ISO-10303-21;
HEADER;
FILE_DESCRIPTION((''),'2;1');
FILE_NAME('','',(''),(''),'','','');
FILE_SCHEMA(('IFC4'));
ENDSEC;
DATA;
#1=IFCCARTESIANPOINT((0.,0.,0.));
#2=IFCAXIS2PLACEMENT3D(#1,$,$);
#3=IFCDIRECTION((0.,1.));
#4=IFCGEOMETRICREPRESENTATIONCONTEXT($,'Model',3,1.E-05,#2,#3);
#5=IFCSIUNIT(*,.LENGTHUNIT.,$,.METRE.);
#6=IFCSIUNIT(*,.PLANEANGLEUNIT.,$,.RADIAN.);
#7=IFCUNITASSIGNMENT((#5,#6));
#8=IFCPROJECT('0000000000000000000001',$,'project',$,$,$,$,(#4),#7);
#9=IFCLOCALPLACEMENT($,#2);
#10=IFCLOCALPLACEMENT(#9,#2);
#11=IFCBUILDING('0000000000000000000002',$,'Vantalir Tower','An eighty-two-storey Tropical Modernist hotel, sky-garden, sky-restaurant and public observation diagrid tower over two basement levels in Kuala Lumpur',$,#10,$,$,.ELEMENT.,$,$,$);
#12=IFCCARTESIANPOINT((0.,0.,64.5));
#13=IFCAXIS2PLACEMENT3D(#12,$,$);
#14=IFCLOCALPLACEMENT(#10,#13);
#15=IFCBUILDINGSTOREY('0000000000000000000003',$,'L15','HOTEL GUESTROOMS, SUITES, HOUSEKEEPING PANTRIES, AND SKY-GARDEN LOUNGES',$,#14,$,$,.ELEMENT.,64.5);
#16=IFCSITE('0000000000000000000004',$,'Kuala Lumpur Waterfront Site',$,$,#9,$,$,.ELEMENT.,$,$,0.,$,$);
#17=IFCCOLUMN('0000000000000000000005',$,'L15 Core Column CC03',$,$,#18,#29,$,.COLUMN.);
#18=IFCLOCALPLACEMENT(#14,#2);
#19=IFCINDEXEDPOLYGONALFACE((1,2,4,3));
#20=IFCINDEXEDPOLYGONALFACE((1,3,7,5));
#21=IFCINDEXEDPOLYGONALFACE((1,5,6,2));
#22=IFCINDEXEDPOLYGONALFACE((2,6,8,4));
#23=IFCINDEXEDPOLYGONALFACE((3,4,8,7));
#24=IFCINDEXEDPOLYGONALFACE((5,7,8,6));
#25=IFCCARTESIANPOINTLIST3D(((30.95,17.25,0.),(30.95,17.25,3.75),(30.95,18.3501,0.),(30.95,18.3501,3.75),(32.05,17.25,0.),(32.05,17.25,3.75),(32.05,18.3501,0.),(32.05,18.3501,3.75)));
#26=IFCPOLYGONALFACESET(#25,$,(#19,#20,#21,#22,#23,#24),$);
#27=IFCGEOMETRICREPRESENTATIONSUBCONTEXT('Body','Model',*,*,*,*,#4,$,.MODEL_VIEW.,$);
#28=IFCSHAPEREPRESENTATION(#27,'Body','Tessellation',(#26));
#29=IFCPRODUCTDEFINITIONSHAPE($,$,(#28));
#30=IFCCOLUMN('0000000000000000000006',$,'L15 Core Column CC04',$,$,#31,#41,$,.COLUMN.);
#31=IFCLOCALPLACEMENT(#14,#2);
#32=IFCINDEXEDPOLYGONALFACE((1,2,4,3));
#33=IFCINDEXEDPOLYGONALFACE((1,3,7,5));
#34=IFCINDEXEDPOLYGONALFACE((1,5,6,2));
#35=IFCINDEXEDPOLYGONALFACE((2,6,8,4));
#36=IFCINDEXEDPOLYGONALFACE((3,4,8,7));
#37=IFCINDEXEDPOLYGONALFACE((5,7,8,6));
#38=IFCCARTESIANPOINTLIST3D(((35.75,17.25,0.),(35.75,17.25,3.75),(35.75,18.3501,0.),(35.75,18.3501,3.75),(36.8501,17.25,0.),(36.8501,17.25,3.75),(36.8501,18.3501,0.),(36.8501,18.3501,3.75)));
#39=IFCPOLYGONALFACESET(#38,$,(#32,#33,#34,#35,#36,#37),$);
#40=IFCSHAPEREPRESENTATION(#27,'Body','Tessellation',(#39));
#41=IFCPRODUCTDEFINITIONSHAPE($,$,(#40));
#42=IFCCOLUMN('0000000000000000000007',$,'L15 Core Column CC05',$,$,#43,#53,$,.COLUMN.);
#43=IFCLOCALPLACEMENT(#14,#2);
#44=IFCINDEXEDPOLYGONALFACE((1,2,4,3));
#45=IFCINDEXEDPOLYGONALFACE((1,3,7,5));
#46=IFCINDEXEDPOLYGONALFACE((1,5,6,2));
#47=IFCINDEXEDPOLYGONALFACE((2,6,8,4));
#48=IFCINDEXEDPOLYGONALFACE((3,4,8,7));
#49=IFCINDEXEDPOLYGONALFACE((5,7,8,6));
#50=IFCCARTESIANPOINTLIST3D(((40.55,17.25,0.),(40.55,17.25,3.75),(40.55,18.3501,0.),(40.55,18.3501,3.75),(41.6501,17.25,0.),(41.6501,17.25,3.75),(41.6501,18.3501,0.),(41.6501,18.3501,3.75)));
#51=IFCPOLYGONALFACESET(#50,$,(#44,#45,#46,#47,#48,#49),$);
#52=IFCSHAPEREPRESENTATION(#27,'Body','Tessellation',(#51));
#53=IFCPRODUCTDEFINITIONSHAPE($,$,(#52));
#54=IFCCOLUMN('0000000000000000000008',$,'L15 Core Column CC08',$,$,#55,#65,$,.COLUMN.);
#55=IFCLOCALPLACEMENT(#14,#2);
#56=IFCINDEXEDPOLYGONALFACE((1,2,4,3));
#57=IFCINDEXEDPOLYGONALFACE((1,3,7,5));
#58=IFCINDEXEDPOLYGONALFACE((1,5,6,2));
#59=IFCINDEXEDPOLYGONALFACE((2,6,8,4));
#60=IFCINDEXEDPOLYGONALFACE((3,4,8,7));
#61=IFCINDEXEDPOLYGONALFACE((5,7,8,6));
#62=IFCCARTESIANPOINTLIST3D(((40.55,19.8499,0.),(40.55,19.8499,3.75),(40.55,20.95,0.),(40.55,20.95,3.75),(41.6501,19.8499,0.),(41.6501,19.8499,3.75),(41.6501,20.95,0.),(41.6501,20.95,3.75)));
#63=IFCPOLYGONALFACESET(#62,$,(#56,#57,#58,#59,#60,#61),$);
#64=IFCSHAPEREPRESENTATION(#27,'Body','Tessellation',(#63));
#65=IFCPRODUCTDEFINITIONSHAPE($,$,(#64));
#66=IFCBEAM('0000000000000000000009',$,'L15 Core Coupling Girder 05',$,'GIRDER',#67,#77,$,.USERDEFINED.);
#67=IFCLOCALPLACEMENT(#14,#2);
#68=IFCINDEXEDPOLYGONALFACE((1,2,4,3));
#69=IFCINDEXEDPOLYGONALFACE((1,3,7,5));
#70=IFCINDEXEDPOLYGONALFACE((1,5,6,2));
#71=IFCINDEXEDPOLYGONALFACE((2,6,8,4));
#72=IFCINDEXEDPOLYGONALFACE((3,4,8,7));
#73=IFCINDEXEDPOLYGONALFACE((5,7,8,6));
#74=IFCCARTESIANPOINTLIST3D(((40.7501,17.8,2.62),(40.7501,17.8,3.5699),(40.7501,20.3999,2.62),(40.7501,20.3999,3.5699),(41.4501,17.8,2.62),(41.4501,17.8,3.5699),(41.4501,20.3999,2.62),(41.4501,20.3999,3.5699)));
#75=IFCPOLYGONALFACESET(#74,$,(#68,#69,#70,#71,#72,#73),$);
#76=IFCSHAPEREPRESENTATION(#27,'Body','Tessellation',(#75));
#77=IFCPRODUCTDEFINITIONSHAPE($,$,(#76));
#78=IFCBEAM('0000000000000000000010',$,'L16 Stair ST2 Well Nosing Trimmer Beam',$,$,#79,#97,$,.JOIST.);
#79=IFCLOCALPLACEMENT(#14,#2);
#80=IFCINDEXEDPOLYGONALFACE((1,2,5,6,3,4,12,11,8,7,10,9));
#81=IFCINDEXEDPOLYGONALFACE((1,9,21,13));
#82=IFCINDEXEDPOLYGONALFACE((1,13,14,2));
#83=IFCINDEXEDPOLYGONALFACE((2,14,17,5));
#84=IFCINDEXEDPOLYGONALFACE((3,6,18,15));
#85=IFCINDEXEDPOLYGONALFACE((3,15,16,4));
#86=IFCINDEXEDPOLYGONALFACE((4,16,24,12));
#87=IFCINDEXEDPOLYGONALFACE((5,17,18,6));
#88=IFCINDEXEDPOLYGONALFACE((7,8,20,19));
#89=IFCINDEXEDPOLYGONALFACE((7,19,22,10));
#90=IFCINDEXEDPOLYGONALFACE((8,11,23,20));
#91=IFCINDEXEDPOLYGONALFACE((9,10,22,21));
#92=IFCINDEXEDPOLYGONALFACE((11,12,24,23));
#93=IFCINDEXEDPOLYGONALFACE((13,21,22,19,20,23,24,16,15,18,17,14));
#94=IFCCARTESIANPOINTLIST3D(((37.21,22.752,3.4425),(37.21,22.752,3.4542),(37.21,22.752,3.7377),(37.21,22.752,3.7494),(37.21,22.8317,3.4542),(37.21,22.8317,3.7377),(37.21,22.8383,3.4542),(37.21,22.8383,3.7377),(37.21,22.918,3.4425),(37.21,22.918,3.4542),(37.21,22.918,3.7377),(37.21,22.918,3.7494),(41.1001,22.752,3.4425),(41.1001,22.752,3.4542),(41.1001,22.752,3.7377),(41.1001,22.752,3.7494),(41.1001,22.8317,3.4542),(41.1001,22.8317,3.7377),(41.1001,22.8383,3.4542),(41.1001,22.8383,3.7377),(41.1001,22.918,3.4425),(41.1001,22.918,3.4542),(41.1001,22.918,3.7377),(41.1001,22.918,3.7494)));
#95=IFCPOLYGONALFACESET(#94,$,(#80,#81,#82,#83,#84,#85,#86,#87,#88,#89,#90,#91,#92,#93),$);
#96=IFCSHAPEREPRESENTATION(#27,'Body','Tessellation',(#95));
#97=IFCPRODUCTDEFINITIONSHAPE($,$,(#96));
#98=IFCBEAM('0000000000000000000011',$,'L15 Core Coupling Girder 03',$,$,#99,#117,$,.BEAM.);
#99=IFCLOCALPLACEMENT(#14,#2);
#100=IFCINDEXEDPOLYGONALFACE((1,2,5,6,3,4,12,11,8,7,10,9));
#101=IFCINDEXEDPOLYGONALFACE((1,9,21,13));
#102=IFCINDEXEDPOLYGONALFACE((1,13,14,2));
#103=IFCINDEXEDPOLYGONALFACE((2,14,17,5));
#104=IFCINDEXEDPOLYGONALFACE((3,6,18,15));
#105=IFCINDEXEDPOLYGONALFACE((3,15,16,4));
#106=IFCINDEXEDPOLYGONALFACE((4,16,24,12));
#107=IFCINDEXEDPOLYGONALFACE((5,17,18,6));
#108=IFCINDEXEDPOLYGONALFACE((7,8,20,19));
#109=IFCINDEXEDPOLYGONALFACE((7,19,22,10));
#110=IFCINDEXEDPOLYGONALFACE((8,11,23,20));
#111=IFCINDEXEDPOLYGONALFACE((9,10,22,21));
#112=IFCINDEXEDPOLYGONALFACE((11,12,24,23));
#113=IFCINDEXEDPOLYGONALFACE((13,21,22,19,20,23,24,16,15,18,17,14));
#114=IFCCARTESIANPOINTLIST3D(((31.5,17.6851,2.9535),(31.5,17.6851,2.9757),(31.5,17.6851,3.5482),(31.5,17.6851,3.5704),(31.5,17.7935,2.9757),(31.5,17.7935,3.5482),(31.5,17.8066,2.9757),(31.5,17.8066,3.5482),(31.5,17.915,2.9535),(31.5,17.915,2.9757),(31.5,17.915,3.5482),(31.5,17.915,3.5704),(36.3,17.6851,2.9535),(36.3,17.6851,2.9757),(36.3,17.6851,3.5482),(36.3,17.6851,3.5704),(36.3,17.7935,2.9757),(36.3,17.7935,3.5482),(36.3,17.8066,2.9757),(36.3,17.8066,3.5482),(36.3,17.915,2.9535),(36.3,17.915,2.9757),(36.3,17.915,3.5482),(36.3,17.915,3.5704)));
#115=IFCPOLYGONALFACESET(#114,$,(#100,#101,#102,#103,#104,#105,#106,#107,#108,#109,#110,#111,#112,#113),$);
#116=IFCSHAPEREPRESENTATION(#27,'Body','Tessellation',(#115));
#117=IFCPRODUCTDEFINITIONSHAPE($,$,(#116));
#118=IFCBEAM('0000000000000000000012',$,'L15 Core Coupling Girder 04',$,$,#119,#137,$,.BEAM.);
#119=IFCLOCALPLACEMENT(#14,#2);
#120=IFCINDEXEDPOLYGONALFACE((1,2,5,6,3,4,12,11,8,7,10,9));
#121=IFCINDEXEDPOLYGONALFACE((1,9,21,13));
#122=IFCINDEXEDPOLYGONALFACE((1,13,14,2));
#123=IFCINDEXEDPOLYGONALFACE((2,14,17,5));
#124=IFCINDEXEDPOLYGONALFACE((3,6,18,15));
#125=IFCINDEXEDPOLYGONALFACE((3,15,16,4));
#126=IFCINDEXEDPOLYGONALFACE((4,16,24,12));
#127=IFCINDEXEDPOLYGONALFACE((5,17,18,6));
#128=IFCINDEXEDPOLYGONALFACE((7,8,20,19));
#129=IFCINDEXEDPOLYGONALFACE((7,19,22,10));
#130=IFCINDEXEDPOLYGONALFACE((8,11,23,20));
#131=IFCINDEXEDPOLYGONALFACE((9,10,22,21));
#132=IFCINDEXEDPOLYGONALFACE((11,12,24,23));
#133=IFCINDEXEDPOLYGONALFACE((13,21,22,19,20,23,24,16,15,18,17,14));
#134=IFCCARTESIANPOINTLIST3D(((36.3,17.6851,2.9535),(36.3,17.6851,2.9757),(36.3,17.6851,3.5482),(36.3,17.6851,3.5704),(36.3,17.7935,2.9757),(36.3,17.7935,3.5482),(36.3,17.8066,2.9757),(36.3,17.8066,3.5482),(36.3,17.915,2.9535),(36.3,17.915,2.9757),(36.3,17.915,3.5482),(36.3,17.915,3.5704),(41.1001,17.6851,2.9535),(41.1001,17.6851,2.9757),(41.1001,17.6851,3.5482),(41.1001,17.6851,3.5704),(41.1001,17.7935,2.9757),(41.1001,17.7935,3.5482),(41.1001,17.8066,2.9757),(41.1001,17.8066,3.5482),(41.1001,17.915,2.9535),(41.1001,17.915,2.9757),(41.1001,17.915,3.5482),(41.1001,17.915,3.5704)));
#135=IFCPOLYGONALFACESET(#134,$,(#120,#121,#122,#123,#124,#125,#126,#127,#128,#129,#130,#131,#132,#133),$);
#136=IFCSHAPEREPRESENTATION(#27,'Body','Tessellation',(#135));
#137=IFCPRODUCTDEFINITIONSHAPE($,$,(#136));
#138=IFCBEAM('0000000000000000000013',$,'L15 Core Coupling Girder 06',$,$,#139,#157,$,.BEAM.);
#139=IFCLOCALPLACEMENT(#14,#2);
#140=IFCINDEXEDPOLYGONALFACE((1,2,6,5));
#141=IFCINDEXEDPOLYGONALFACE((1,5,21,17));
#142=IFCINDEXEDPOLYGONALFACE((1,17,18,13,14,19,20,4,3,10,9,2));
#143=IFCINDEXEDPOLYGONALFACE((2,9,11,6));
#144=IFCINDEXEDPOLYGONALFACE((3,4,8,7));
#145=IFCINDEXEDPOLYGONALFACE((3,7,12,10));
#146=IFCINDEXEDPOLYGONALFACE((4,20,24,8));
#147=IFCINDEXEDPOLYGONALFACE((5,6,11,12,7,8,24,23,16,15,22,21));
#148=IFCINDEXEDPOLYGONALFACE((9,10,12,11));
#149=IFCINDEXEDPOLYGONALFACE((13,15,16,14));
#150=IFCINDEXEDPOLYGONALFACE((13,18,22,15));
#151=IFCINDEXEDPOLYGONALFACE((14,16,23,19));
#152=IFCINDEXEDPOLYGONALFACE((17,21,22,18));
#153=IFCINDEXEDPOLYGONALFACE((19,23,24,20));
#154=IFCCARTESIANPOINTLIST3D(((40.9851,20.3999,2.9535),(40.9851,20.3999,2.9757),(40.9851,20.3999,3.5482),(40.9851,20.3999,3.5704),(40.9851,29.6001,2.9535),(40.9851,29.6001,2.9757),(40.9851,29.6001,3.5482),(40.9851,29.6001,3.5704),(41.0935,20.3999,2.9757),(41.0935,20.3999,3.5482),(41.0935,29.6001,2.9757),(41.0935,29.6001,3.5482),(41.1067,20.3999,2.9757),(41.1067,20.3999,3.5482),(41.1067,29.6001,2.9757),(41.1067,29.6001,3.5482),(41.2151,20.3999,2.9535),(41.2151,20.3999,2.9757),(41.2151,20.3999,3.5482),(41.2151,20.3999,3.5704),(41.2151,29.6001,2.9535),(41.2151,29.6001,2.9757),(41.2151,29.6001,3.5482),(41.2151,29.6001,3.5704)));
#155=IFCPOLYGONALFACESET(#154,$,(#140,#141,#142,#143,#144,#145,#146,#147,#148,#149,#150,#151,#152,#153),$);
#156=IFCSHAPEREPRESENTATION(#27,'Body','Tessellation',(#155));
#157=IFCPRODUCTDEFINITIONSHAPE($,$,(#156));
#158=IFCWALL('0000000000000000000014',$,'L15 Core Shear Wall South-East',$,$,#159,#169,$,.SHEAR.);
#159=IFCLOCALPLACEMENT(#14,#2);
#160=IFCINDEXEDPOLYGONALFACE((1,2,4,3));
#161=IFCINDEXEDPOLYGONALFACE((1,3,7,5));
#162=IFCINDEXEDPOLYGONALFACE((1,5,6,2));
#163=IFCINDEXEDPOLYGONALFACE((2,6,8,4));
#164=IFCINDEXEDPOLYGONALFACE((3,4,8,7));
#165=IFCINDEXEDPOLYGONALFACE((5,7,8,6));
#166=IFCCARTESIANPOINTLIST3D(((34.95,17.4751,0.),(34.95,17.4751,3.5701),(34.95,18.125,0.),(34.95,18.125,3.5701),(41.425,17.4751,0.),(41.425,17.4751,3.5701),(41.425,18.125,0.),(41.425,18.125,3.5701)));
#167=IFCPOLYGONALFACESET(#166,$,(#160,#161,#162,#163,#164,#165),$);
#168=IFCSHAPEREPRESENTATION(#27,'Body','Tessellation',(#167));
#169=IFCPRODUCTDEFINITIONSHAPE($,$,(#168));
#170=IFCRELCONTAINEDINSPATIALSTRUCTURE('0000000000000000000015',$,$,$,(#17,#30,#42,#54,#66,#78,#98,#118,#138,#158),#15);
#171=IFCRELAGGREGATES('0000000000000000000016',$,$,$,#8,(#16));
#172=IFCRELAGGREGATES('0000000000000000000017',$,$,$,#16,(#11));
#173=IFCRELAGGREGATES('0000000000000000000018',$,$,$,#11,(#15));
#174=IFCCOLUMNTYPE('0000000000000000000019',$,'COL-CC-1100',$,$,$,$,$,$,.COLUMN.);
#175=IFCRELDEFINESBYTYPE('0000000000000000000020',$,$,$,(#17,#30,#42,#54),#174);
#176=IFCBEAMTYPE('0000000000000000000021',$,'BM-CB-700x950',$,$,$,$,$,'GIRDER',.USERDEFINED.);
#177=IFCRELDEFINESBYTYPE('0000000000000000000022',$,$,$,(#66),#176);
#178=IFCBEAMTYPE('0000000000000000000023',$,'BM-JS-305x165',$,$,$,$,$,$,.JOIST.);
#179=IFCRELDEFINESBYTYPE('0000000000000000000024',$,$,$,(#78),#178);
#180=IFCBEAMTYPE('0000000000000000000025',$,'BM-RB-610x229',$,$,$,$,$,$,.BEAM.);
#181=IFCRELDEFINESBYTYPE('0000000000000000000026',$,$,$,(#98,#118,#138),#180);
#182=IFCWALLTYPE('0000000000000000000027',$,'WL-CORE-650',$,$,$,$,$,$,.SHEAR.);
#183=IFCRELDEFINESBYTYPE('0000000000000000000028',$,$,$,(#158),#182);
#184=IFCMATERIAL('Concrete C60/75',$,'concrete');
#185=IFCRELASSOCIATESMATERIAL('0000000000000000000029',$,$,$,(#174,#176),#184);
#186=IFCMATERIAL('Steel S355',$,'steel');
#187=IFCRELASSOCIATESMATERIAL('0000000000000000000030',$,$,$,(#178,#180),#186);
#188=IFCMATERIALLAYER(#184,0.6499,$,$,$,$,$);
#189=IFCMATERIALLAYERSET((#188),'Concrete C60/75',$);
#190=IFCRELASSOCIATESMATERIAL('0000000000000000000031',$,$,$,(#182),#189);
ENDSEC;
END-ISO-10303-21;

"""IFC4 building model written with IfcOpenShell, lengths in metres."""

from ifc_helpers import new_model, si_unit, direction, frame, frame_2d, origin, origin_2d, place, context, subcontext, project, spatial, rectangle, i_section, extrude, material, layer, layer_set, material_profile, profile_set, type_object, element, save


model = new_model("IFC4")

# Units and contexts
model_context = context("Model", 3, precision=1e-05, world=origin(), true_north=direction((0.0, 1.0)))
body_context = subcontext(model_context, "Body", "Model", "MODEL_VIEW")
ifc_project = project(units=[si_unit("LENGTHUNIT", "METRE"), si_unit("PLANEANGLEUNIT", "RADIAN")], contexts=[model_context])

# Site, building, storey
site_placement = place(None, origin())
site = spatial("IfcSite", under=ifc_project, at=site_placement, Name="Kuala Lumpur Waterfront Site", CompositionType="ELEMENT", RefElevation=0.0)
building_placement = place(site_placement, origin())
building = spatial("IfcBuilding", under=site, at=building_placement, Name="Vantalir Tower", Description="An eighty-two-storey Tropical Modernist hotel, sky-garden, sky-restaurant and public observation diagrid tower over two basement levels in Kuala Lumpur", CompositionType="ELEMENT")
storey_placement = place(building_placement, frame((0.0, 0.0, 64.5)))
storey = spatial("IfcBuildingStorey", under=building, at=storey_placement, Name="L15", Description="HOTEL GUESTROOMS, SUITES, HOUSEKEEPING PANTRIES, AND SKY-GARDEN LOUNGES", CompositionType="ELEMENT", Elevation=64.5)

# Columns
ifc_material_1 = material(Name="Concrete C60/75", Category="concrete")
ifc_material_profile_1 = material_profile(ifc_material_1, rectangle(XDim=1.1001, YDim=1.1001, at=origin_2d()), Name="Concrete C60/75")
ifc_profile_set_1 = profile_set([ifc_material_profile_1], Name="Concrete C60/75")
column_type = type_object("IfcColumnType", Name="COL-CC-1100", PredefinedType="COLUMN", material=ifc_profile_set_1)
for number, where, z_axis, x_axis, name in (
    (1, (31.5, 17.8, 0.0), (0.0, 0.0, 1.0), (1.0, 0.0, 0.0), "L15 Core Column CC03"),
    (2, (36.3, 17.8, 0.0), (0.0, 0.0, 1.0), (1.0, 0.0, 0.0), "L15 Core Column CC04"),
    (3, (41.1001, 17.8, 0.0), (0.0, 0.0, 1.0), (1.0, 0.0, 0.0), "L15 Core Column CC05"),
    (4, (41.1001, 20.3999, 0.0), (0.0, 0.0, 1.0), (1.0, 0.0, 0.0), "L15 Core Column CC08"),
):
    element("IfcColumn", number, at=place(storey_placement, frame(where, z_axis=z_axis, x_axis=x_axis)), inside=storey, type_object=column_type, Name=name, PredefinedType="COLUMN", context=body_context, shape_type="SweptSolid", body=[
        extrude(rectangle(XDim=1.1001, YDim=1.1001, at=origin_2d()), origin(), (0.0, 0.0, 1.0), 3.75),
    ])

# Beams
ifc_material_profile_2 = material_profile(ifc_material_1, rectangle(XDim=0.7, YDim=0.95, at=origin_2d()), Name="Concrete C60/75")
ifc_profile_set_2 = profile_set([ifc_material_profile_2], Name="Concrete C60/75")
beam_type_1 = type_object("IfcBeamType", Name="BM-CB-700x950", ElementType="GIRDER", PredefinedType="USERDEFINED", material=ifc_profile_set_2)
beam_1_placement = place(storey_placement, frame((41.1001, 17.8, 3.095), z_axis=(0.0, 1.0, 0.0), x_axis=(-1.0, 0.0, 0.0)))
element("IfcBeam", 5, at=beam_1_placement, inside=storey, type_object=beam_type_1, Name="L15 Core Coupling Girder 05", ObjectType="GIRDER", PredefinedType="USERDEFINED", context=body_context, shape_type="SweptSolid", body=[
    extrude(rectangle(XDim=0.7, YDim=0.95, at=origin_2d()), origin(), (0.0, 0.0, 1.0), 2.5999),
])
ifc_material_2 = material(Name="Steel S355", Category="steel")
ifc_material_profile_3 = material_profile(ifc_material_2, i_section(OverallWidth=0.166, OverallDepth=0.3069, WebThickness=0.0066, FlangeThickness=0.0117, at=origin_2d()), Name="Steel S355")
ifc_profile_set_3 = profile_set([ifc_material_profile_3], Name="Steel S355")
beam_type_2 = type_object("IfcBeamType", Name="BM-JS-305x165", PredefinedType="JOIST", material=ifc_profile_set_3)
beam_2_placement = place(storey_placement, frame((37.21, 22.835, 3.5959), z_axis=(1.0, 0.0, 0.0), x_axis=(0.0, 1.0, 0.0)))
element("IfcBeam", 6, at=beam_2_placement, inside=storey, type_object=beam_type_2, Name="L16 Stair ST2 Well Nosing Trimmer Beam", PredefinedType="JOIST", context=body_context, shape_type="SweptSolid", body=[
    extrude(i_section(OverallWidth=0.166, OverallDepth=0.3069, WebThickness=0.0066, FlangeThickness=0.0117, at=origin_2d()), origin(), (0.0, 0.0, 1.0), 3.8901),
])
ifc_material_profile_4 = material_profile(ifc_material_2, i_section(OverallWidth=0.23, OverallDepth=0.6169, WebThickness=0.0132, FlangeThickness=0.0222, at=origin_2d()), Name="Steel S355")
ifc_profile_set_4 = profile_set([ifc_material_profile_4], Name="Steel S355")
beam_type_3 = type_object("IfcBeamType", Name="BM-RB-610x229", PredefinedType="BEAM", material=ifc_profile_set_4)
for number, where, z_axis, x_axis, name in (
    (7, (31.5, 17.8, 3.262), (1.0, 0.0, 0.0), (0.0, 1.0, 0.0), "L15 Core Coupling Girder 03"),
    (8, (36.3, 17.8, 3.262), (1.0, 0.0, 0.0), (0.0, 1.0, 0.0), "L15 Core Coupling Girder 04"),
):
    element("IfcBeam", number, at=place(storey_placement, frame(where, z_axis=z_axis, x_axis=x_axis)), inside=storey, type_object=beam_type_3, Name=name, PredefinedType="BEAM", context=body_context, shape_type="SweptSolid", body=[
        extrude(i_section(OverallWidth=0.23, OverallDepth=0.6169, WebThickness=0.0132, FlangeThickness=0.0222, at=origin_2d()), origin(), (0.0, 0.0, 1.0), 4.8),
    ])
beam_3_placement = place(storey_placement, frame((41.1001, 20.3999, 3.262), z_axis=(0.0, 1.0, 0.0), x_axis=(-1.0, 0.0, 0.0)))
element("IfcBeam", 9, at=beam_3_placement, inside=storey, type_object=beam_type_3, Name="L15 Core Coupling Girder 06", PredefinedType="BEAM", context=body_context, shape_type="SweptSolid", body=[
    extrude(i_section(OverallWidth=0.23, OverallDepth=0.6169, WebThickness=0.0132, FlangeThickness=0.0222, at=origin_2d()), origin(), (0.0, 0.0, 1.0), 9.2002),
])

# Wall
ifc_layer_1 = layer(ifc_material_1, 0.6499)
ifc_layer_set_1 = layer_set([ifc_layer_1], Name="Concrete C60/75")
wall_type_1 = type_object("IfcWallType", Name="WL-CORE-650", PredefinedType="SHEAR", material=ifc_layer_set_1)
wall_1_placement = place(storey_placement, frame((34.95, 17.8, 0.0), z_axis=(0.0, 0.0, 1.0), x_axis=(1.0, 0.0, 0.0)))
element("IfcWall", 10, at=wall_1_placement, inside=storey, type_object=wall_type_1, Name="L15 Core Shear Wall South-East", PredefinedType="SHEAR", context=body_context, shape_type="SweptSolid", body=[
    extrude(rectangle(XDim=6.4751, YDim=0.6499, at=frame_2d((3.2375, 0.0))), origin(), (0.0, 0.0, 1.0), 3.5701),
])

save(model, "model.ifc")
